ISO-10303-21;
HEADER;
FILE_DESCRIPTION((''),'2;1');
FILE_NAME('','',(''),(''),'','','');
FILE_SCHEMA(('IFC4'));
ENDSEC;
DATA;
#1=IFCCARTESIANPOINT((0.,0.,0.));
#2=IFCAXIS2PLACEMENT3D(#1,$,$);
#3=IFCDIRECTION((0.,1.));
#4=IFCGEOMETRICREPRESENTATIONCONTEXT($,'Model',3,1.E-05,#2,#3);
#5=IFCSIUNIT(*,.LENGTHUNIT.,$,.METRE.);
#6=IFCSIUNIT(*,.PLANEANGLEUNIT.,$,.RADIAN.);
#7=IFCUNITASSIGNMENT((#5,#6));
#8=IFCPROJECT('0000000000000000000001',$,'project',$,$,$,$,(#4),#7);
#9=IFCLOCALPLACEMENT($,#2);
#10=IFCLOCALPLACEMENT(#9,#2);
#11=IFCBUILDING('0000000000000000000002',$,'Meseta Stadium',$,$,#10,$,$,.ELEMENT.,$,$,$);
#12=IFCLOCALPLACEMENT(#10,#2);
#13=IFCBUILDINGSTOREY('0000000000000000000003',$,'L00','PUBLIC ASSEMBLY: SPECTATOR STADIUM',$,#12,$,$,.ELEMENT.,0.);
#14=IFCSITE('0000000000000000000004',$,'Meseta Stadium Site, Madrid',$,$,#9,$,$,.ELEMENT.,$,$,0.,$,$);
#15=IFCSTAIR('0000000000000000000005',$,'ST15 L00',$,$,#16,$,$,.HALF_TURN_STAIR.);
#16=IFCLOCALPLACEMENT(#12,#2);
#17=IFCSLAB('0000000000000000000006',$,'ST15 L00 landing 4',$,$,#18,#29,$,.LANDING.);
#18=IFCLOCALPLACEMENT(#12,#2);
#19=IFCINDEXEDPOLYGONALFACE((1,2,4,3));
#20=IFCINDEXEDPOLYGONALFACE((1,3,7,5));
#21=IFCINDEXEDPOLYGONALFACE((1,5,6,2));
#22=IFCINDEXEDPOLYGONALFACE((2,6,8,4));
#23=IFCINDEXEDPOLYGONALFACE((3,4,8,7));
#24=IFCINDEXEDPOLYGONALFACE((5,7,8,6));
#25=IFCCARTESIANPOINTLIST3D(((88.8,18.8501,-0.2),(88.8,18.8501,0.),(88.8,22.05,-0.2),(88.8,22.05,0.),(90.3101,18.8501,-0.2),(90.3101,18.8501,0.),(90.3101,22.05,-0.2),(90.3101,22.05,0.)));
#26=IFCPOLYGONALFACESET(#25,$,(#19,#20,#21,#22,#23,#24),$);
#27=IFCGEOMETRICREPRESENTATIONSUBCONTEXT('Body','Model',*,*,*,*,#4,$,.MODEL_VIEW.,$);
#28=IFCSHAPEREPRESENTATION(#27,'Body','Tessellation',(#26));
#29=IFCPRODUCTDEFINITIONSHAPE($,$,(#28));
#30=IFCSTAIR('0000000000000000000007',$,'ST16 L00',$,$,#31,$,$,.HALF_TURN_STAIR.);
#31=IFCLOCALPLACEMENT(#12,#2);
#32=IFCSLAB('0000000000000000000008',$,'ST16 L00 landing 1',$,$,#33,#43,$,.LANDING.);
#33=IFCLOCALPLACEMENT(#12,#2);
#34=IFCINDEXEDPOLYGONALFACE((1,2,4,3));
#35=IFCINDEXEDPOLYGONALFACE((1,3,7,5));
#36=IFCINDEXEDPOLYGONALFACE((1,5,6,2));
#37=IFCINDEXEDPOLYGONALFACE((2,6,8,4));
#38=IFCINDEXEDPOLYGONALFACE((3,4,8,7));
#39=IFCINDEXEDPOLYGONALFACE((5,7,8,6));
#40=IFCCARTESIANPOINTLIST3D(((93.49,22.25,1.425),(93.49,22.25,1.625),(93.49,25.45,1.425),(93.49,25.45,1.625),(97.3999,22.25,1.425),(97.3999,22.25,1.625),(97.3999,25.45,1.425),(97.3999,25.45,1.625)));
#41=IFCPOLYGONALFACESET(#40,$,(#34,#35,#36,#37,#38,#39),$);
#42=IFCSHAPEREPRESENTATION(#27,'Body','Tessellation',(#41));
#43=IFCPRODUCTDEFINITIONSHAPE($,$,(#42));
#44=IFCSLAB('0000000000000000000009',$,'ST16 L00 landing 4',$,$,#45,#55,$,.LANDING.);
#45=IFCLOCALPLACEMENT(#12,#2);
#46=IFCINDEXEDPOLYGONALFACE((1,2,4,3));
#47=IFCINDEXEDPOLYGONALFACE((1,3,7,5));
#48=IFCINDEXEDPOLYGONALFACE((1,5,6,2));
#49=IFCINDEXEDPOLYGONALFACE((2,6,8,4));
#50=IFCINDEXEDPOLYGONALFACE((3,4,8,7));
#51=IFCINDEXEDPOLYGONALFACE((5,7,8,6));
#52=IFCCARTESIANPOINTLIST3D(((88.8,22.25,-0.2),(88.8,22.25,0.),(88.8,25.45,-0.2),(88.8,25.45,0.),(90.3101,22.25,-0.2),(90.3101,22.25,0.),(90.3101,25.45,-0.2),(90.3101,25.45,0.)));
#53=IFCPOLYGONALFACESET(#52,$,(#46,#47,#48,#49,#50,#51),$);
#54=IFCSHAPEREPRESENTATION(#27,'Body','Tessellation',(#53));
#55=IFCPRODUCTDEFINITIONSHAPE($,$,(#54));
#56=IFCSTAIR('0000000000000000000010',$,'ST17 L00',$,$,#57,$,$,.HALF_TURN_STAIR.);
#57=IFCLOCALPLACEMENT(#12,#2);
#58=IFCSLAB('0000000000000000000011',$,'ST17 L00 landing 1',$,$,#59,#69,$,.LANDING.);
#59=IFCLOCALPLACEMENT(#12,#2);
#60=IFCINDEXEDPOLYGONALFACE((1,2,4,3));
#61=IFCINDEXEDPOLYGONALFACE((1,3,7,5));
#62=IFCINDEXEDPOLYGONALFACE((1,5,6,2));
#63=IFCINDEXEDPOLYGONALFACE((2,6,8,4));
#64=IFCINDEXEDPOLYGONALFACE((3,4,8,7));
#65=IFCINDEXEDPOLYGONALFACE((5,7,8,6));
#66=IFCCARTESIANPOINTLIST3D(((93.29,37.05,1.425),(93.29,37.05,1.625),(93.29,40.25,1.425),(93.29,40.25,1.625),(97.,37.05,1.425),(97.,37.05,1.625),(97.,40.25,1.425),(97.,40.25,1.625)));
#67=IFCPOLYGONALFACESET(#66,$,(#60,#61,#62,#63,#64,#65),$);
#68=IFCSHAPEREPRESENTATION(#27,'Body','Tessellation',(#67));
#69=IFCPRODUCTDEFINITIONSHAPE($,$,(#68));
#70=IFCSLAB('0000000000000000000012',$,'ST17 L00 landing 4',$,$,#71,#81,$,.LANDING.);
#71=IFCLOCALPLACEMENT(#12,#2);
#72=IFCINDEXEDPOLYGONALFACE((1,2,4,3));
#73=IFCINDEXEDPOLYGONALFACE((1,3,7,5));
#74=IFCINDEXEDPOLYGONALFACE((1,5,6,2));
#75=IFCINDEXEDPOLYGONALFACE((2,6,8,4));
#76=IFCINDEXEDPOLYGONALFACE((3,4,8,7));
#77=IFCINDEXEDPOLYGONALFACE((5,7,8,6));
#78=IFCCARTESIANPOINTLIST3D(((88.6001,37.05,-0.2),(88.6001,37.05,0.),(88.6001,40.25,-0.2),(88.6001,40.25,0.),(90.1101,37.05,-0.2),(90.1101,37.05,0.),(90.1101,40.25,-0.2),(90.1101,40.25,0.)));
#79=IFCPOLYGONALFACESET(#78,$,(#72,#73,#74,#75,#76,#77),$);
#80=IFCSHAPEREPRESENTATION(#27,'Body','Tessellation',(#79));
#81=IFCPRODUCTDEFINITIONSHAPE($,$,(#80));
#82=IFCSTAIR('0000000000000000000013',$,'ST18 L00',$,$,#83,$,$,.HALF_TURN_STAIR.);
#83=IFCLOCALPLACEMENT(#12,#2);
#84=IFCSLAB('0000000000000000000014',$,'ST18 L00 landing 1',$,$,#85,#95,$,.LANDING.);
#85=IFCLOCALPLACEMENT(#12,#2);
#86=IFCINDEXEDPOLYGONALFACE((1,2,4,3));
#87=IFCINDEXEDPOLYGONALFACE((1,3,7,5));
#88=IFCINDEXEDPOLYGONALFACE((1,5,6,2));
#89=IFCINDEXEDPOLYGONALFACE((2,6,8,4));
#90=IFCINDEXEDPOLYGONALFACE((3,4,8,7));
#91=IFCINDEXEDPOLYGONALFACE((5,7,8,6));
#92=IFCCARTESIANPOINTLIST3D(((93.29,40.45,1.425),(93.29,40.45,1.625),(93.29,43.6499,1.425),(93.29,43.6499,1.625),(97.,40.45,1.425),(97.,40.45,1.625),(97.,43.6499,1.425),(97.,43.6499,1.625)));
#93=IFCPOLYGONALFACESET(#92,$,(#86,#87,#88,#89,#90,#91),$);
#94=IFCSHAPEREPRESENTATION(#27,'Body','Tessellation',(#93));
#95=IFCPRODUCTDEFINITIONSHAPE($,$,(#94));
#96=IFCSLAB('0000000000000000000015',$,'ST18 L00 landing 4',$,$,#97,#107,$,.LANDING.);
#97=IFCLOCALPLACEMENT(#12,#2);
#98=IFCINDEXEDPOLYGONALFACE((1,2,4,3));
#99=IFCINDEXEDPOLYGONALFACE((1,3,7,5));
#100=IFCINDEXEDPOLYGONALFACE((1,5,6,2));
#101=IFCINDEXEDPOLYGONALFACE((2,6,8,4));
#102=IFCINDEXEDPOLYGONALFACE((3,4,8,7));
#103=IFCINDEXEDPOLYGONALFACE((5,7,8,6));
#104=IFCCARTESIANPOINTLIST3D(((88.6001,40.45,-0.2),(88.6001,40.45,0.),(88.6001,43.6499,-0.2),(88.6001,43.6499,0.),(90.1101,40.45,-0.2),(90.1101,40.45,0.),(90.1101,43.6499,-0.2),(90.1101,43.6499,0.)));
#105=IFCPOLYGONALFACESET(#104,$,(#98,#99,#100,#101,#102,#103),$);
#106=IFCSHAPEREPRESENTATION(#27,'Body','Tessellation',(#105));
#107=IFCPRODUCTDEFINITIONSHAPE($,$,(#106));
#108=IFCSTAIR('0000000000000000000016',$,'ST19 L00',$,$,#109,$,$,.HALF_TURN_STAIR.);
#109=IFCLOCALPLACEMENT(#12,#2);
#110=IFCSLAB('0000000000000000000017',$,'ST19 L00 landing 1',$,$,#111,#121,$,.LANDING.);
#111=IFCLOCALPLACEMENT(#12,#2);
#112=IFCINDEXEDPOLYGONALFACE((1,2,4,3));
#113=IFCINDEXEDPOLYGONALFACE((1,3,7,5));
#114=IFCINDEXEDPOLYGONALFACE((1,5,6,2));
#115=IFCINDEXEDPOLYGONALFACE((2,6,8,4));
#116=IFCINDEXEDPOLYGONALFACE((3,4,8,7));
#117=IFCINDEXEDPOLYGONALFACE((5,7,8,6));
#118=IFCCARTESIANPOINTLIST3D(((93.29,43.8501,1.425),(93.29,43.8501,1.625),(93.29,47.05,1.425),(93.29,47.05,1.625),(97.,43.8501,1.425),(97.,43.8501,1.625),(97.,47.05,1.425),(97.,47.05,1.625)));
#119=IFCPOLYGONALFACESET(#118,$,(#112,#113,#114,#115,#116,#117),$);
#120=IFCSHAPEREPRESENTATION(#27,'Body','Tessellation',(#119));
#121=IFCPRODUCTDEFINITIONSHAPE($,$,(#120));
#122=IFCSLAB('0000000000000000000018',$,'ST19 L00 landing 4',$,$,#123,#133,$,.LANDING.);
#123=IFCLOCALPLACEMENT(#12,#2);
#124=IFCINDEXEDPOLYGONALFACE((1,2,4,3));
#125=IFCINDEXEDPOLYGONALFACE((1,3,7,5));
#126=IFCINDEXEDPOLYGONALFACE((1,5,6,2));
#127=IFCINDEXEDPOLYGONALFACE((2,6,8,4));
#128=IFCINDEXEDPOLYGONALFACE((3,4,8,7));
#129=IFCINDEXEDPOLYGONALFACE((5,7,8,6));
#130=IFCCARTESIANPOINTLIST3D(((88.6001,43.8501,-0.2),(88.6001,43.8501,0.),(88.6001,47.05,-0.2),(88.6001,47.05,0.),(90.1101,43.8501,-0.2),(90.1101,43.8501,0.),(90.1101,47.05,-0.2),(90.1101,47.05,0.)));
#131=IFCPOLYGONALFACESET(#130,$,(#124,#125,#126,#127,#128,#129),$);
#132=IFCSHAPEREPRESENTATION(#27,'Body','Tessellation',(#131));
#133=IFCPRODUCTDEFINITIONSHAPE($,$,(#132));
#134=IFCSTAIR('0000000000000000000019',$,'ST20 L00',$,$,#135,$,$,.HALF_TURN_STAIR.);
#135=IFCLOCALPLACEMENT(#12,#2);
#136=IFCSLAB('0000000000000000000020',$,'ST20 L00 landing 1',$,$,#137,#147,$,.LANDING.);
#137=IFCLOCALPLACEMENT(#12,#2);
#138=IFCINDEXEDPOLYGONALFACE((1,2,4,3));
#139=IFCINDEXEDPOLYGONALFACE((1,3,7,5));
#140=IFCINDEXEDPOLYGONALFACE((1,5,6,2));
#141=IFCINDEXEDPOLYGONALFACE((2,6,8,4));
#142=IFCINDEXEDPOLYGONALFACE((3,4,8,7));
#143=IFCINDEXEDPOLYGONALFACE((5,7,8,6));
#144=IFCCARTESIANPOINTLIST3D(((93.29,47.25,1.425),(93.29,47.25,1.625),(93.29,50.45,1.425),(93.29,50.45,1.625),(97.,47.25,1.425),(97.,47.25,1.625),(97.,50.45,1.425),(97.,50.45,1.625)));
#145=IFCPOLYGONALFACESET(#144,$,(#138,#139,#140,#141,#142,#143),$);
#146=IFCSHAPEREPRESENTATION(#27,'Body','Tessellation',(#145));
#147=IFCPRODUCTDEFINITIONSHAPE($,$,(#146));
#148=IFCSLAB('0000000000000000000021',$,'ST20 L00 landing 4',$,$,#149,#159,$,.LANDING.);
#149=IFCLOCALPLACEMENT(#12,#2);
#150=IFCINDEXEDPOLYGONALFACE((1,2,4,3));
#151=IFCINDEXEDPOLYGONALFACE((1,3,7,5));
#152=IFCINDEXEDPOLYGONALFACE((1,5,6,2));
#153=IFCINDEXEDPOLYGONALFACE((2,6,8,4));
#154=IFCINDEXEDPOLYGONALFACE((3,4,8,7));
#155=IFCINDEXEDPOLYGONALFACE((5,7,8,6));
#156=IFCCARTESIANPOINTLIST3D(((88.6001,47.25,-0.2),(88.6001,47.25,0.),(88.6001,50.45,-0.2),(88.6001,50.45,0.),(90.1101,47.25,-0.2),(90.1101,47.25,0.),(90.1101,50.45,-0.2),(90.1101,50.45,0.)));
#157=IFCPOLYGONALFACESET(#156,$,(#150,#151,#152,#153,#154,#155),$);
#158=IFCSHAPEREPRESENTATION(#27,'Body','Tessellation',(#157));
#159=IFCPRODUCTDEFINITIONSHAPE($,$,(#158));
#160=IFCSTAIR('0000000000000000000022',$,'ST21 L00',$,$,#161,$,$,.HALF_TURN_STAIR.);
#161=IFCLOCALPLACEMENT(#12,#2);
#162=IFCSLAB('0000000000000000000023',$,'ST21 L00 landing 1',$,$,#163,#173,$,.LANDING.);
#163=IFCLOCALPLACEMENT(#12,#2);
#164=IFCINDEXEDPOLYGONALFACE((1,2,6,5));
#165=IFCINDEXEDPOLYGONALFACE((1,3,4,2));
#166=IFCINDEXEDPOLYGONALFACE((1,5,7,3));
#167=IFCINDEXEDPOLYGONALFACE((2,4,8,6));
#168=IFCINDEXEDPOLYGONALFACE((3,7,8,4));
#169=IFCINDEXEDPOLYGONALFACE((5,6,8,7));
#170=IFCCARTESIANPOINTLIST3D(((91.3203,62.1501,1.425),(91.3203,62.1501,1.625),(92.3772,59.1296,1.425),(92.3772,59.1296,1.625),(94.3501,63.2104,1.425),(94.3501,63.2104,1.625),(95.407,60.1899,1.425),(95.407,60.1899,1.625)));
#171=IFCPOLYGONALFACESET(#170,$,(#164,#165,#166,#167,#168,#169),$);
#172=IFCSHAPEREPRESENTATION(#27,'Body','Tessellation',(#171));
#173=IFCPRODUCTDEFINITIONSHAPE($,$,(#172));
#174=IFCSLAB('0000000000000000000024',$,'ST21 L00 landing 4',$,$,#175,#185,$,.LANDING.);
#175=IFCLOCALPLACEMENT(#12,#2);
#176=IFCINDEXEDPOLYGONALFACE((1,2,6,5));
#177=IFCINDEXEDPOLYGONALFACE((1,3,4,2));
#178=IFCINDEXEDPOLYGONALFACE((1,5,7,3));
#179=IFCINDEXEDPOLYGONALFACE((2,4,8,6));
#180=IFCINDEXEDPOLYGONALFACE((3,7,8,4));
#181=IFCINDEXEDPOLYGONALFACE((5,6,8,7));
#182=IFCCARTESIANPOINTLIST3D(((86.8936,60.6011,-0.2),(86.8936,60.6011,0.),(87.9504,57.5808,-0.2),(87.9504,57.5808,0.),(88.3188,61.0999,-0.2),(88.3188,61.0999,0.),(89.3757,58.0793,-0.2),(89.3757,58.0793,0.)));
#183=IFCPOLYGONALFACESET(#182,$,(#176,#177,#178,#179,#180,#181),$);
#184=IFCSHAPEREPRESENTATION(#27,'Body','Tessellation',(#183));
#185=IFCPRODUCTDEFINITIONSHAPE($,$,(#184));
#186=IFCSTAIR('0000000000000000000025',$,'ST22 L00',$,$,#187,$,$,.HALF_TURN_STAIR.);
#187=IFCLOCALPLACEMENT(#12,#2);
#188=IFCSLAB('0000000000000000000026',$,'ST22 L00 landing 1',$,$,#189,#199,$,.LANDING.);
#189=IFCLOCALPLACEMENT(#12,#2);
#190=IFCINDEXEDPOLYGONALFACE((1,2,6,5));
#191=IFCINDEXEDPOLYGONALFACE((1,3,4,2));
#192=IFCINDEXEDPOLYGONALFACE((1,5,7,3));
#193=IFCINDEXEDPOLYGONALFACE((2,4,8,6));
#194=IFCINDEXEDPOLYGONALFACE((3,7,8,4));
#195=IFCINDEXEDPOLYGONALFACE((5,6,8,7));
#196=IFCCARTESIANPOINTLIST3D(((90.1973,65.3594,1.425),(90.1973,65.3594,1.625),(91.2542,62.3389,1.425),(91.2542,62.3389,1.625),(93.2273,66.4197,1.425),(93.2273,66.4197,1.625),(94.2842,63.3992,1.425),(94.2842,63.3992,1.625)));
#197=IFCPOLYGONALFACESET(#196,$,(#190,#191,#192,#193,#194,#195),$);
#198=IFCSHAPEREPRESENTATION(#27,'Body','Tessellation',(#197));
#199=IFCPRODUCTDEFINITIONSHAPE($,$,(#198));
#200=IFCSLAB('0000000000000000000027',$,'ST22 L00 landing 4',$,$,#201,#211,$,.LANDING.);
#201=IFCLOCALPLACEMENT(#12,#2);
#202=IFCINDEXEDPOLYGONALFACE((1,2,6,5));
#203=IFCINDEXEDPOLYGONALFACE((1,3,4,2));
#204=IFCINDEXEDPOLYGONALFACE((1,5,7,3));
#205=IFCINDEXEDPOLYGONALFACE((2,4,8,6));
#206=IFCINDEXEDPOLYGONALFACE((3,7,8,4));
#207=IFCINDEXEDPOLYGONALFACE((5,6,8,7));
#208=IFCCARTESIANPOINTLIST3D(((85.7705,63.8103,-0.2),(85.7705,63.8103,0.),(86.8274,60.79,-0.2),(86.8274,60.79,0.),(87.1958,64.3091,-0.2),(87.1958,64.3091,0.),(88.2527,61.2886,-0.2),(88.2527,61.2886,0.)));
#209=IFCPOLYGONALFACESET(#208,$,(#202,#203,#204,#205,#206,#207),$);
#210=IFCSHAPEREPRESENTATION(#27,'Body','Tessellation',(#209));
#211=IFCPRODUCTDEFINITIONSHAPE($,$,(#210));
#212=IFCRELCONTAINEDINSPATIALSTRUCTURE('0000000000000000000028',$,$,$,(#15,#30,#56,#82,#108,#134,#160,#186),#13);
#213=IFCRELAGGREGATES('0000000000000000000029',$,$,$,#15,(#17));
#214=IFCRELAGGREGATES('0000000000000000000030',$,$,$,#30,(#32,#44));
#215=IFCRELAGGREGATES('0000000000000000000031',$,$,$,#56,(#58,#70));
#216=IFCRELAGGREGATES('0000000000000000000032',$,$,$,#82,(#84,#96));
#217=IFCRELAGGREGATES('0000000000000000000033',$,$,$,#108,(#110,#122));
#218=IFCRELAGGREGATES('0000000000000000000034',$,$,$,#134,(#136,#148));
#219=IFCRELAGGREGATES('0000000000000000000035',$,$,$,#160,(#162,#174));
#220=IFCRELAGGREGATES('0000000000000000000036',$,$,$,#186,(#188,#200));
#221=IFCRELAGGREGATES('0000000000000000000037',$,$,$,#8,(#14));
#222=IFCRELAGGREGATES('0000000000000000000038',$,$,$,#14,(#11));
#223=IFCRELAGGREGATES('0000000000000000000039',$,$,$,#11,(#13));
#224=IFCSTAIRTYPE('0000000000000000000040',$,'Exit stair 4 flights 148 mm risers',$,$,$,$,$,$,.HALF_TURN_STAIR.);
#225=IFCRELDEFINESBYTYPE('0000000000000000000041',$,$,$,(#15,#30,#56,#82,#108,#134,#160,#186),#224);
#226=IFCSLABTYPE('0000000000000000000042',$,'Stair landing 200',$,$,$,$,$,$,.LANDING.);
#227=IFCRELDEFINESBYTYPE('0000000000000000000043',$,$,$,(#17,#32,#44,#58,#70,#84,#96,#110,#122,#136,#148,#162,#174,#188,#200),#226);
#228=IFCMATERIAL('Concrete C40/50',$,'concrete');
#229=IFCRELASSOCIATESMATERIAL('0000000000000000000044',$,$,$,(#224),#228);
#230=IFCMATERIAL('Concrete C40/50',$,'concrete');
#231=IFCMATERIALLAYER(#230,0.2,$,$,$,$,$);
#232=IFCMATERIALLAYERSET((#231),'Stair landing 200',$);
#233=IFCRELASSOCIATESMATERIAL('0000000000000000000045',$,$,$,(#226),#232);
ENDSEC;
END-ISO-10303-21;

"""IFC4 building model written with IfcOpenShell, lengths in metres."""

from ifc_helpers import new_model, si_unit, direction, frame, origin, place, context, subcontext, project, spatial, polyline, outline, extrude, material, layer, layer_set, type_object, element, aggregate, save


model = new_model("IFC4")

# Units and contexts
model_context = context("Model", 3, precision=1e-05, world=origin(), true_north=direction((0.0, 1.0)))
body_context = subcontext(model_context, "Body", "Model", "MODEL_VIEW")
ifc_project = project(units=[si_unit("LENGTHUNIT", "METRE"), si_unit("PLANEANGLEUNIT", "RADIAN")], contexts=[model_context])

# Site, building, storey
site_placement = place(None, origin())
site = spatial("IfcSite", under=ifc_project, at=site_placement, Name="Meseta Stadium Site, Madrid", CompositionType="ELEMENT", RefElevation=0.0)
building_placement = place(site_placement, origin())
building = spatial("IfcBuilding", under=site, at=building_placement, Name="Meseta Stadium", CompositionType="ELEMENT")
storey_placement = place(building_placement, origin())
storey = spatial("IfcBuildingStorey", under=building, at=storey_placement, Name="L00", Description="PUBLIC ASSEMBLY: SPECTATOR STADIUM", CompositionType="ELEMENT", Elevation=0.0)

# Stair, slab
ifc_material_1 = material(Name="Concrete C40/50", Category="concrete")
stair_type = type_object("IfcStairType", Name="Exit stair 4 flights 148 mm risers", PredefinedType="HALF_TURN_STAIR", material=ifc_material_1)
stair_1_placement = place(storey_placement, origin())
stair_1 = element("IfcStair", 1, at=stair_1_placement, inside=storey, type_object=stair_type, Name="ST15 L00", PredefinedType="HALF_TURN_STAIR")
ifc_material_2 = material(Name="Concrete C40/50", Category="concrete")
ifc_layer = layer(ifc_material_2, 0.2)
ifc_layer_set = layer_set([ifc_layer], Name="Stair landing 200")
slab_type = type_object("IfcSlabType", Name="Stair landing 200", PredefinedType="LANDING", material=ifc_layer_set)
slab_1_placement = place(storey_placement, frame((0.0, 0.0, -0.2)))
slab_1 = element("IfcSlab", 2, at=slab_1_placement, type_object=slab_type, Name="ST15 L00 landing 4", PredefinedType="LANDING", context=body_context, shape_type="SweptSolid", body=[
    extrude(outline(polyline([(88.8, 18.8501), (90.3101, 18.8501), (90.3101, 22.05), (88.8, 22.05), (88.8, 18.8501)])), origin(), (0.0, 0.0, 1.0), 0.2),
])
aggregate(stair_1, [slab_1])

# Stairs, slabs
stair_2_placement = place(storey_placement, origin())
stair_2 = element("IfcStair", 3, at=stair_2_placement, inside=storey, type_object=stair_type, Name="ST16 L00", PredefinedType="HALF_TURN_STAIR")
slab_2_placement = place(storey_placement, frame((0.0, 0.0, 1.425)))
slab_2 = element("IfcSlab", 4, at=slab_2_placement, type_object=slab_type, Name="ST16 L00 landing 1", PredefinedType="LANDING", context=body_context, shape_type="SweptSolid", body=[
    extrude(outline(polyline([(93.49, 22.25), (97.3999, 22.25), (97.3999, 25.45), (93.49, 25.45), (93.49, 22.25)])), origin(), (0.0, 0.0, 1.0), 0.2),
])
slab_3_placement = place(storey_placement, frame((0.0, 0.0, -0.2)))
slab_3 = element("IfcSlab", 5, at=slab_3_placement, type_object=slab_type, Name="ST16 L00 landing 4", PredefinedType="LANDING", context=body_context, shape_type="SweptSolid", body=[
    extrude(outline(polyline([(88.8, 22.25), (90.3101, 22.25), (90.3101, 25.45), (88.8, 25.45), (88.8, 22.25)])), origin(), (0.0, 0.0, 1.0), 0.2),
])
aggregate(stair_2, [slab_2, slab_3])
stair_3_placement = place(storey_placement, origin())
stair_3 = element("IfcStair", 6, at=stair_3_placement, inside=storey, type_object=stair_type, Name="ST17 L00", PredefinedType="HALF_TURN_STAIR")
slab_4_placement = place(storey_placement, frame((0.0, 0.0, 1.425)))
slab_4 = element("IfcSlab", 7, at=slab_4_placement, type_object=slab_type, Name="ST17 L00 landing 1", PredefinedType="LANDING", context=body_context, shape_type="SweptSolid", body=[
    extrude(outline(polyline([(93.29, 37.05), (97.0, 37.05), (97.0, 40.25), (93.29, 40.25), (93.29, 37.05)])), origin(), (0.0, 0.0, 1.0), 0.2),
])
slab_5_placement = place(storey_placement, frame((0.0, 0.0, -0.2)))
slab_5 = element("IfcSlab", 8, at=slab_5_placement, type_object=slab_type, Name="ST17 L00 landing 4", PredefinedType="LANDING", context=body_context, shape_type="SweptSolid", body=[
    extrude(outline(polyline([(88.6001, 37.05), (90.1101, 37.05), (90.1101, 40.25), (88.6001, 40.25), (88.6001, 37.05)])), origin(), (0.0, 0.0, 1.0), 0.2),
])
aggregate(stair_3, [slab_4, slab_5])
stair_4_placement = place(storey_placement, origin())
stair_4 = element("IfcStair", 9, at=stair_4_placement, inside=storey, type_object=stair_type, Name="ST18 L00", PredefinedType="HALF_TURN_STAIR")
slab_6_placement = place(storey_placement, frame((0.0, 0.0, 1.425)))
slab_6 = element("IfcSlab", 10, at=slab_6_placement, type_object=slab_type, Name="ST18 L00 landing 1", PredefinedType="LANDING", context=body_context, shape_type="SweptSolid", body=[
    extrude(outline(polyline([(93.29, 40.45), (97.0, 40.45), (97.0, 43.6499), (93.29, 43.6499), (93.29, 40.45)])), origin(), (0.0, 0.0, 1.0), 0.2),
])
slab_7_placement = place(storey_placement, frame((0.0, 0.0, -0.2)))
slab_7 = element("IfcSlab", 11, at=slab_7_placement, type_object=slab_type, Name="ST18 L00 landing 4", PredefinedType="LANDING", context=body_context, shape_type="SweptSolid", body=[
    extrude(outline(polyline([(88.6001, 40.45), (90.1101, 40.45), (90.1101, 43.6499), (88.6001, 43.6499), (88.6001, 40.45)])), origin(), (0.0, 0.0, 1.0), 0.2),
])
aggregate(stair_4, [slab_6, slab_7])
stair_5_placement = place(storey_placement, origin())
stair_5 = element("IfcStair", 12, at=stair_5_placement, inside=storey, type_object=stair_type, Name="ST19 L00", PredefinedType="HALF_TURN_STAIR")
slab_8_placement = place(storey_placement, frame((0.0, 0.0, 1.425)))
slab_8 = element("IfcSlab", 13, at=slab_8_placement, type_object=slab_type, Name="ST19 L00 landing 1", PredefinedType="LANDING", context=body_context, shape_type="SweptSolid", body=[
    extrude(outline(polyline([(93.29, 43.8501), (97.0, 43.8501), (97.0, 47.05), (93.29, 47.05), (93.29, 43.8501)])), origin(), (0.0, 0.0, 1.0), 0.2),
])
slab_9_placement = place(storey_placement, frame((0.0, 0.0, -0.2)))
slab_9 = element("IfcSlab", 14, at=slab_9_placement, type_object=slab_type, Name="ST19 L00 landing 4", PredefinedType="LANDING", context=body_context, shape_type="SweptSolid", body=[
    extrude(outline(polyline([(88.6001, 43.8501), (90.1101, 43.8501), (90.1101, 47.05), (88.6001, 47.05), (88.6001, 43.8501)])), origin(), (0.0, 0.0, 1.0), 0.2),
])
aggregate(stair_5, [slab_8, slab_9])
stair_6_placement = place(storey_placement, origin())
stair_6 = element("IfcStair", 15, at=stair_6_placement, inside=storey, type_object=stair_type, Name="ST20 L00", PredefinedType="HALF_TURN_STAIR")
slab_10_placement = place(storey_placement, frame((0.0, 0.0, 1.425)))
slab_10 = element("IfcSlab", 16, at=slab_10_placement, type_object=slab_type, Name="ST20 L00 landing 1", PredefinedType="LANDING", context=body_context, shape_type="SweptSolid", body=[
    extrude(outline(polyline([(93.29, 47.25), (97.0, 47.25), (97.0, 50.45), (93.29, 50.45), (93.29, 47.25)])), origin(), (0.0, 0.0, 1.0), 0.2),
])
slab_11_placement = place(storey_placement, frame((0.0, 0.0, -0.2)))
slab_11 = element("IfcSlab", 17, at=slab_11_placement, type_object=slab_type, Name="ST20 L00 landing 4", PredefinedType="LANDING", context=body_context, shape_type="SweptSolid", body=[
    extrude(outline(polyline([(88.6001, 47.25), (90.1101, 47.25), (90.1101, 50.45), (88.6001, 50.45), (88.6001, 47.25)])), origin(), (0.0, 0.0, 1.0), 0.2),
])
aggregate(stair_6, [slab_10, slab_11])
stair_7_placement = place(storey_placement, origin())
stair_7 = element("IfcStair", 18, at=stair_7_placement, inside=storey, type_object=stair_type, Name="ST21 L00", PredefinedType="HALF_TURN_STAIR")
slab_12_placement = place(storey_placement, frame((0.0, 0.0, 1.425)))
slab_12 = element("IfcSlab", 19, at=slab_12_placement, type_object=slab_type, Name="ST21 L00 landing 1", PredefinedType="LANDING", context=body_context, shape_type="SweptSolid", body=[
    extrude(outline(polyline([(92.3772, 59.1296), (95.407, 60.1899), (94.3501, 63.2104), (91.3203, 62.1501), (92.3772, 59.1296)])), origin(), (0.0, 0.0, 1.0), 0.2),
])
slab_13_placement = place(storey_placement, frame((0.0, 0.0, -0.2)))
slab_13 = element("IfcSlab", 20, at=slab_13_placement, type_object=slab_type, Name="ST21 L00 landing 4", PredefinedType="LANDING", context=body_context, shape_type="SweptSolid", body=[
    extrude(outline(polyline([(87.9504, 57.5808), (89.3757, 58.0793), (88.3188, 61.0999), (86.8936, 60.6011), (87.9504, 57.5808)])), origin(), (0.0, 0.0, 1.0), 0.2),
])
aggregate(stair_7, [slab_12, slab_13])
stair_8_placement = place(storey_placement, origin())
stair_8 = element("IfcStair", 21, at=stair_8_placement, inside=storey, type_object=stair_type, Name="ST22 L00", PredefinedType="HALF_TURN_STAIR")
slab_14_placement = place(storey_placement, frame((0.0, 0.0, 1.425)))
slab_14 = element("IfcSlab", 22, at=slab_14_placement, type_object=slab_type, Name="ST22 L00 landing 1", PredefinedType="LANDING", context=body_context, shape_type="SweptSolid", body=[
    extrude(outline(polyline([(91.2542, 62.3389), (94.2842, 63.3992), (93.2273, 66.4197), (90.1973, 65.3594), (91.2542, 62.3389)])), origin(), (0.0, 0.0, 1.0), 0.2),
])
slab_15_placement = place(storey_placement, frame((0.0, 0.0, -0.2)))
slab_15 = element("IfcSlab", 23, at=slab_15_placement, type_object=slab_type, Name="ST22 L00 landing 4", PredefinedType="LANDING", context=body_context, shape_type="SweptSolid", body=[
    extrude(outline(polyline([(86.8274, 60.79), (88.2527, 61.2886), (87.1958, 64.3091), (85.7705, 63.8103), (86.8274, 60.79)])), origin(), (0.0, 0.0, 1.0), 0.2),
])
aggregate(stair_8, [slab_14, slab_15])

save(model, "model.ifc")
